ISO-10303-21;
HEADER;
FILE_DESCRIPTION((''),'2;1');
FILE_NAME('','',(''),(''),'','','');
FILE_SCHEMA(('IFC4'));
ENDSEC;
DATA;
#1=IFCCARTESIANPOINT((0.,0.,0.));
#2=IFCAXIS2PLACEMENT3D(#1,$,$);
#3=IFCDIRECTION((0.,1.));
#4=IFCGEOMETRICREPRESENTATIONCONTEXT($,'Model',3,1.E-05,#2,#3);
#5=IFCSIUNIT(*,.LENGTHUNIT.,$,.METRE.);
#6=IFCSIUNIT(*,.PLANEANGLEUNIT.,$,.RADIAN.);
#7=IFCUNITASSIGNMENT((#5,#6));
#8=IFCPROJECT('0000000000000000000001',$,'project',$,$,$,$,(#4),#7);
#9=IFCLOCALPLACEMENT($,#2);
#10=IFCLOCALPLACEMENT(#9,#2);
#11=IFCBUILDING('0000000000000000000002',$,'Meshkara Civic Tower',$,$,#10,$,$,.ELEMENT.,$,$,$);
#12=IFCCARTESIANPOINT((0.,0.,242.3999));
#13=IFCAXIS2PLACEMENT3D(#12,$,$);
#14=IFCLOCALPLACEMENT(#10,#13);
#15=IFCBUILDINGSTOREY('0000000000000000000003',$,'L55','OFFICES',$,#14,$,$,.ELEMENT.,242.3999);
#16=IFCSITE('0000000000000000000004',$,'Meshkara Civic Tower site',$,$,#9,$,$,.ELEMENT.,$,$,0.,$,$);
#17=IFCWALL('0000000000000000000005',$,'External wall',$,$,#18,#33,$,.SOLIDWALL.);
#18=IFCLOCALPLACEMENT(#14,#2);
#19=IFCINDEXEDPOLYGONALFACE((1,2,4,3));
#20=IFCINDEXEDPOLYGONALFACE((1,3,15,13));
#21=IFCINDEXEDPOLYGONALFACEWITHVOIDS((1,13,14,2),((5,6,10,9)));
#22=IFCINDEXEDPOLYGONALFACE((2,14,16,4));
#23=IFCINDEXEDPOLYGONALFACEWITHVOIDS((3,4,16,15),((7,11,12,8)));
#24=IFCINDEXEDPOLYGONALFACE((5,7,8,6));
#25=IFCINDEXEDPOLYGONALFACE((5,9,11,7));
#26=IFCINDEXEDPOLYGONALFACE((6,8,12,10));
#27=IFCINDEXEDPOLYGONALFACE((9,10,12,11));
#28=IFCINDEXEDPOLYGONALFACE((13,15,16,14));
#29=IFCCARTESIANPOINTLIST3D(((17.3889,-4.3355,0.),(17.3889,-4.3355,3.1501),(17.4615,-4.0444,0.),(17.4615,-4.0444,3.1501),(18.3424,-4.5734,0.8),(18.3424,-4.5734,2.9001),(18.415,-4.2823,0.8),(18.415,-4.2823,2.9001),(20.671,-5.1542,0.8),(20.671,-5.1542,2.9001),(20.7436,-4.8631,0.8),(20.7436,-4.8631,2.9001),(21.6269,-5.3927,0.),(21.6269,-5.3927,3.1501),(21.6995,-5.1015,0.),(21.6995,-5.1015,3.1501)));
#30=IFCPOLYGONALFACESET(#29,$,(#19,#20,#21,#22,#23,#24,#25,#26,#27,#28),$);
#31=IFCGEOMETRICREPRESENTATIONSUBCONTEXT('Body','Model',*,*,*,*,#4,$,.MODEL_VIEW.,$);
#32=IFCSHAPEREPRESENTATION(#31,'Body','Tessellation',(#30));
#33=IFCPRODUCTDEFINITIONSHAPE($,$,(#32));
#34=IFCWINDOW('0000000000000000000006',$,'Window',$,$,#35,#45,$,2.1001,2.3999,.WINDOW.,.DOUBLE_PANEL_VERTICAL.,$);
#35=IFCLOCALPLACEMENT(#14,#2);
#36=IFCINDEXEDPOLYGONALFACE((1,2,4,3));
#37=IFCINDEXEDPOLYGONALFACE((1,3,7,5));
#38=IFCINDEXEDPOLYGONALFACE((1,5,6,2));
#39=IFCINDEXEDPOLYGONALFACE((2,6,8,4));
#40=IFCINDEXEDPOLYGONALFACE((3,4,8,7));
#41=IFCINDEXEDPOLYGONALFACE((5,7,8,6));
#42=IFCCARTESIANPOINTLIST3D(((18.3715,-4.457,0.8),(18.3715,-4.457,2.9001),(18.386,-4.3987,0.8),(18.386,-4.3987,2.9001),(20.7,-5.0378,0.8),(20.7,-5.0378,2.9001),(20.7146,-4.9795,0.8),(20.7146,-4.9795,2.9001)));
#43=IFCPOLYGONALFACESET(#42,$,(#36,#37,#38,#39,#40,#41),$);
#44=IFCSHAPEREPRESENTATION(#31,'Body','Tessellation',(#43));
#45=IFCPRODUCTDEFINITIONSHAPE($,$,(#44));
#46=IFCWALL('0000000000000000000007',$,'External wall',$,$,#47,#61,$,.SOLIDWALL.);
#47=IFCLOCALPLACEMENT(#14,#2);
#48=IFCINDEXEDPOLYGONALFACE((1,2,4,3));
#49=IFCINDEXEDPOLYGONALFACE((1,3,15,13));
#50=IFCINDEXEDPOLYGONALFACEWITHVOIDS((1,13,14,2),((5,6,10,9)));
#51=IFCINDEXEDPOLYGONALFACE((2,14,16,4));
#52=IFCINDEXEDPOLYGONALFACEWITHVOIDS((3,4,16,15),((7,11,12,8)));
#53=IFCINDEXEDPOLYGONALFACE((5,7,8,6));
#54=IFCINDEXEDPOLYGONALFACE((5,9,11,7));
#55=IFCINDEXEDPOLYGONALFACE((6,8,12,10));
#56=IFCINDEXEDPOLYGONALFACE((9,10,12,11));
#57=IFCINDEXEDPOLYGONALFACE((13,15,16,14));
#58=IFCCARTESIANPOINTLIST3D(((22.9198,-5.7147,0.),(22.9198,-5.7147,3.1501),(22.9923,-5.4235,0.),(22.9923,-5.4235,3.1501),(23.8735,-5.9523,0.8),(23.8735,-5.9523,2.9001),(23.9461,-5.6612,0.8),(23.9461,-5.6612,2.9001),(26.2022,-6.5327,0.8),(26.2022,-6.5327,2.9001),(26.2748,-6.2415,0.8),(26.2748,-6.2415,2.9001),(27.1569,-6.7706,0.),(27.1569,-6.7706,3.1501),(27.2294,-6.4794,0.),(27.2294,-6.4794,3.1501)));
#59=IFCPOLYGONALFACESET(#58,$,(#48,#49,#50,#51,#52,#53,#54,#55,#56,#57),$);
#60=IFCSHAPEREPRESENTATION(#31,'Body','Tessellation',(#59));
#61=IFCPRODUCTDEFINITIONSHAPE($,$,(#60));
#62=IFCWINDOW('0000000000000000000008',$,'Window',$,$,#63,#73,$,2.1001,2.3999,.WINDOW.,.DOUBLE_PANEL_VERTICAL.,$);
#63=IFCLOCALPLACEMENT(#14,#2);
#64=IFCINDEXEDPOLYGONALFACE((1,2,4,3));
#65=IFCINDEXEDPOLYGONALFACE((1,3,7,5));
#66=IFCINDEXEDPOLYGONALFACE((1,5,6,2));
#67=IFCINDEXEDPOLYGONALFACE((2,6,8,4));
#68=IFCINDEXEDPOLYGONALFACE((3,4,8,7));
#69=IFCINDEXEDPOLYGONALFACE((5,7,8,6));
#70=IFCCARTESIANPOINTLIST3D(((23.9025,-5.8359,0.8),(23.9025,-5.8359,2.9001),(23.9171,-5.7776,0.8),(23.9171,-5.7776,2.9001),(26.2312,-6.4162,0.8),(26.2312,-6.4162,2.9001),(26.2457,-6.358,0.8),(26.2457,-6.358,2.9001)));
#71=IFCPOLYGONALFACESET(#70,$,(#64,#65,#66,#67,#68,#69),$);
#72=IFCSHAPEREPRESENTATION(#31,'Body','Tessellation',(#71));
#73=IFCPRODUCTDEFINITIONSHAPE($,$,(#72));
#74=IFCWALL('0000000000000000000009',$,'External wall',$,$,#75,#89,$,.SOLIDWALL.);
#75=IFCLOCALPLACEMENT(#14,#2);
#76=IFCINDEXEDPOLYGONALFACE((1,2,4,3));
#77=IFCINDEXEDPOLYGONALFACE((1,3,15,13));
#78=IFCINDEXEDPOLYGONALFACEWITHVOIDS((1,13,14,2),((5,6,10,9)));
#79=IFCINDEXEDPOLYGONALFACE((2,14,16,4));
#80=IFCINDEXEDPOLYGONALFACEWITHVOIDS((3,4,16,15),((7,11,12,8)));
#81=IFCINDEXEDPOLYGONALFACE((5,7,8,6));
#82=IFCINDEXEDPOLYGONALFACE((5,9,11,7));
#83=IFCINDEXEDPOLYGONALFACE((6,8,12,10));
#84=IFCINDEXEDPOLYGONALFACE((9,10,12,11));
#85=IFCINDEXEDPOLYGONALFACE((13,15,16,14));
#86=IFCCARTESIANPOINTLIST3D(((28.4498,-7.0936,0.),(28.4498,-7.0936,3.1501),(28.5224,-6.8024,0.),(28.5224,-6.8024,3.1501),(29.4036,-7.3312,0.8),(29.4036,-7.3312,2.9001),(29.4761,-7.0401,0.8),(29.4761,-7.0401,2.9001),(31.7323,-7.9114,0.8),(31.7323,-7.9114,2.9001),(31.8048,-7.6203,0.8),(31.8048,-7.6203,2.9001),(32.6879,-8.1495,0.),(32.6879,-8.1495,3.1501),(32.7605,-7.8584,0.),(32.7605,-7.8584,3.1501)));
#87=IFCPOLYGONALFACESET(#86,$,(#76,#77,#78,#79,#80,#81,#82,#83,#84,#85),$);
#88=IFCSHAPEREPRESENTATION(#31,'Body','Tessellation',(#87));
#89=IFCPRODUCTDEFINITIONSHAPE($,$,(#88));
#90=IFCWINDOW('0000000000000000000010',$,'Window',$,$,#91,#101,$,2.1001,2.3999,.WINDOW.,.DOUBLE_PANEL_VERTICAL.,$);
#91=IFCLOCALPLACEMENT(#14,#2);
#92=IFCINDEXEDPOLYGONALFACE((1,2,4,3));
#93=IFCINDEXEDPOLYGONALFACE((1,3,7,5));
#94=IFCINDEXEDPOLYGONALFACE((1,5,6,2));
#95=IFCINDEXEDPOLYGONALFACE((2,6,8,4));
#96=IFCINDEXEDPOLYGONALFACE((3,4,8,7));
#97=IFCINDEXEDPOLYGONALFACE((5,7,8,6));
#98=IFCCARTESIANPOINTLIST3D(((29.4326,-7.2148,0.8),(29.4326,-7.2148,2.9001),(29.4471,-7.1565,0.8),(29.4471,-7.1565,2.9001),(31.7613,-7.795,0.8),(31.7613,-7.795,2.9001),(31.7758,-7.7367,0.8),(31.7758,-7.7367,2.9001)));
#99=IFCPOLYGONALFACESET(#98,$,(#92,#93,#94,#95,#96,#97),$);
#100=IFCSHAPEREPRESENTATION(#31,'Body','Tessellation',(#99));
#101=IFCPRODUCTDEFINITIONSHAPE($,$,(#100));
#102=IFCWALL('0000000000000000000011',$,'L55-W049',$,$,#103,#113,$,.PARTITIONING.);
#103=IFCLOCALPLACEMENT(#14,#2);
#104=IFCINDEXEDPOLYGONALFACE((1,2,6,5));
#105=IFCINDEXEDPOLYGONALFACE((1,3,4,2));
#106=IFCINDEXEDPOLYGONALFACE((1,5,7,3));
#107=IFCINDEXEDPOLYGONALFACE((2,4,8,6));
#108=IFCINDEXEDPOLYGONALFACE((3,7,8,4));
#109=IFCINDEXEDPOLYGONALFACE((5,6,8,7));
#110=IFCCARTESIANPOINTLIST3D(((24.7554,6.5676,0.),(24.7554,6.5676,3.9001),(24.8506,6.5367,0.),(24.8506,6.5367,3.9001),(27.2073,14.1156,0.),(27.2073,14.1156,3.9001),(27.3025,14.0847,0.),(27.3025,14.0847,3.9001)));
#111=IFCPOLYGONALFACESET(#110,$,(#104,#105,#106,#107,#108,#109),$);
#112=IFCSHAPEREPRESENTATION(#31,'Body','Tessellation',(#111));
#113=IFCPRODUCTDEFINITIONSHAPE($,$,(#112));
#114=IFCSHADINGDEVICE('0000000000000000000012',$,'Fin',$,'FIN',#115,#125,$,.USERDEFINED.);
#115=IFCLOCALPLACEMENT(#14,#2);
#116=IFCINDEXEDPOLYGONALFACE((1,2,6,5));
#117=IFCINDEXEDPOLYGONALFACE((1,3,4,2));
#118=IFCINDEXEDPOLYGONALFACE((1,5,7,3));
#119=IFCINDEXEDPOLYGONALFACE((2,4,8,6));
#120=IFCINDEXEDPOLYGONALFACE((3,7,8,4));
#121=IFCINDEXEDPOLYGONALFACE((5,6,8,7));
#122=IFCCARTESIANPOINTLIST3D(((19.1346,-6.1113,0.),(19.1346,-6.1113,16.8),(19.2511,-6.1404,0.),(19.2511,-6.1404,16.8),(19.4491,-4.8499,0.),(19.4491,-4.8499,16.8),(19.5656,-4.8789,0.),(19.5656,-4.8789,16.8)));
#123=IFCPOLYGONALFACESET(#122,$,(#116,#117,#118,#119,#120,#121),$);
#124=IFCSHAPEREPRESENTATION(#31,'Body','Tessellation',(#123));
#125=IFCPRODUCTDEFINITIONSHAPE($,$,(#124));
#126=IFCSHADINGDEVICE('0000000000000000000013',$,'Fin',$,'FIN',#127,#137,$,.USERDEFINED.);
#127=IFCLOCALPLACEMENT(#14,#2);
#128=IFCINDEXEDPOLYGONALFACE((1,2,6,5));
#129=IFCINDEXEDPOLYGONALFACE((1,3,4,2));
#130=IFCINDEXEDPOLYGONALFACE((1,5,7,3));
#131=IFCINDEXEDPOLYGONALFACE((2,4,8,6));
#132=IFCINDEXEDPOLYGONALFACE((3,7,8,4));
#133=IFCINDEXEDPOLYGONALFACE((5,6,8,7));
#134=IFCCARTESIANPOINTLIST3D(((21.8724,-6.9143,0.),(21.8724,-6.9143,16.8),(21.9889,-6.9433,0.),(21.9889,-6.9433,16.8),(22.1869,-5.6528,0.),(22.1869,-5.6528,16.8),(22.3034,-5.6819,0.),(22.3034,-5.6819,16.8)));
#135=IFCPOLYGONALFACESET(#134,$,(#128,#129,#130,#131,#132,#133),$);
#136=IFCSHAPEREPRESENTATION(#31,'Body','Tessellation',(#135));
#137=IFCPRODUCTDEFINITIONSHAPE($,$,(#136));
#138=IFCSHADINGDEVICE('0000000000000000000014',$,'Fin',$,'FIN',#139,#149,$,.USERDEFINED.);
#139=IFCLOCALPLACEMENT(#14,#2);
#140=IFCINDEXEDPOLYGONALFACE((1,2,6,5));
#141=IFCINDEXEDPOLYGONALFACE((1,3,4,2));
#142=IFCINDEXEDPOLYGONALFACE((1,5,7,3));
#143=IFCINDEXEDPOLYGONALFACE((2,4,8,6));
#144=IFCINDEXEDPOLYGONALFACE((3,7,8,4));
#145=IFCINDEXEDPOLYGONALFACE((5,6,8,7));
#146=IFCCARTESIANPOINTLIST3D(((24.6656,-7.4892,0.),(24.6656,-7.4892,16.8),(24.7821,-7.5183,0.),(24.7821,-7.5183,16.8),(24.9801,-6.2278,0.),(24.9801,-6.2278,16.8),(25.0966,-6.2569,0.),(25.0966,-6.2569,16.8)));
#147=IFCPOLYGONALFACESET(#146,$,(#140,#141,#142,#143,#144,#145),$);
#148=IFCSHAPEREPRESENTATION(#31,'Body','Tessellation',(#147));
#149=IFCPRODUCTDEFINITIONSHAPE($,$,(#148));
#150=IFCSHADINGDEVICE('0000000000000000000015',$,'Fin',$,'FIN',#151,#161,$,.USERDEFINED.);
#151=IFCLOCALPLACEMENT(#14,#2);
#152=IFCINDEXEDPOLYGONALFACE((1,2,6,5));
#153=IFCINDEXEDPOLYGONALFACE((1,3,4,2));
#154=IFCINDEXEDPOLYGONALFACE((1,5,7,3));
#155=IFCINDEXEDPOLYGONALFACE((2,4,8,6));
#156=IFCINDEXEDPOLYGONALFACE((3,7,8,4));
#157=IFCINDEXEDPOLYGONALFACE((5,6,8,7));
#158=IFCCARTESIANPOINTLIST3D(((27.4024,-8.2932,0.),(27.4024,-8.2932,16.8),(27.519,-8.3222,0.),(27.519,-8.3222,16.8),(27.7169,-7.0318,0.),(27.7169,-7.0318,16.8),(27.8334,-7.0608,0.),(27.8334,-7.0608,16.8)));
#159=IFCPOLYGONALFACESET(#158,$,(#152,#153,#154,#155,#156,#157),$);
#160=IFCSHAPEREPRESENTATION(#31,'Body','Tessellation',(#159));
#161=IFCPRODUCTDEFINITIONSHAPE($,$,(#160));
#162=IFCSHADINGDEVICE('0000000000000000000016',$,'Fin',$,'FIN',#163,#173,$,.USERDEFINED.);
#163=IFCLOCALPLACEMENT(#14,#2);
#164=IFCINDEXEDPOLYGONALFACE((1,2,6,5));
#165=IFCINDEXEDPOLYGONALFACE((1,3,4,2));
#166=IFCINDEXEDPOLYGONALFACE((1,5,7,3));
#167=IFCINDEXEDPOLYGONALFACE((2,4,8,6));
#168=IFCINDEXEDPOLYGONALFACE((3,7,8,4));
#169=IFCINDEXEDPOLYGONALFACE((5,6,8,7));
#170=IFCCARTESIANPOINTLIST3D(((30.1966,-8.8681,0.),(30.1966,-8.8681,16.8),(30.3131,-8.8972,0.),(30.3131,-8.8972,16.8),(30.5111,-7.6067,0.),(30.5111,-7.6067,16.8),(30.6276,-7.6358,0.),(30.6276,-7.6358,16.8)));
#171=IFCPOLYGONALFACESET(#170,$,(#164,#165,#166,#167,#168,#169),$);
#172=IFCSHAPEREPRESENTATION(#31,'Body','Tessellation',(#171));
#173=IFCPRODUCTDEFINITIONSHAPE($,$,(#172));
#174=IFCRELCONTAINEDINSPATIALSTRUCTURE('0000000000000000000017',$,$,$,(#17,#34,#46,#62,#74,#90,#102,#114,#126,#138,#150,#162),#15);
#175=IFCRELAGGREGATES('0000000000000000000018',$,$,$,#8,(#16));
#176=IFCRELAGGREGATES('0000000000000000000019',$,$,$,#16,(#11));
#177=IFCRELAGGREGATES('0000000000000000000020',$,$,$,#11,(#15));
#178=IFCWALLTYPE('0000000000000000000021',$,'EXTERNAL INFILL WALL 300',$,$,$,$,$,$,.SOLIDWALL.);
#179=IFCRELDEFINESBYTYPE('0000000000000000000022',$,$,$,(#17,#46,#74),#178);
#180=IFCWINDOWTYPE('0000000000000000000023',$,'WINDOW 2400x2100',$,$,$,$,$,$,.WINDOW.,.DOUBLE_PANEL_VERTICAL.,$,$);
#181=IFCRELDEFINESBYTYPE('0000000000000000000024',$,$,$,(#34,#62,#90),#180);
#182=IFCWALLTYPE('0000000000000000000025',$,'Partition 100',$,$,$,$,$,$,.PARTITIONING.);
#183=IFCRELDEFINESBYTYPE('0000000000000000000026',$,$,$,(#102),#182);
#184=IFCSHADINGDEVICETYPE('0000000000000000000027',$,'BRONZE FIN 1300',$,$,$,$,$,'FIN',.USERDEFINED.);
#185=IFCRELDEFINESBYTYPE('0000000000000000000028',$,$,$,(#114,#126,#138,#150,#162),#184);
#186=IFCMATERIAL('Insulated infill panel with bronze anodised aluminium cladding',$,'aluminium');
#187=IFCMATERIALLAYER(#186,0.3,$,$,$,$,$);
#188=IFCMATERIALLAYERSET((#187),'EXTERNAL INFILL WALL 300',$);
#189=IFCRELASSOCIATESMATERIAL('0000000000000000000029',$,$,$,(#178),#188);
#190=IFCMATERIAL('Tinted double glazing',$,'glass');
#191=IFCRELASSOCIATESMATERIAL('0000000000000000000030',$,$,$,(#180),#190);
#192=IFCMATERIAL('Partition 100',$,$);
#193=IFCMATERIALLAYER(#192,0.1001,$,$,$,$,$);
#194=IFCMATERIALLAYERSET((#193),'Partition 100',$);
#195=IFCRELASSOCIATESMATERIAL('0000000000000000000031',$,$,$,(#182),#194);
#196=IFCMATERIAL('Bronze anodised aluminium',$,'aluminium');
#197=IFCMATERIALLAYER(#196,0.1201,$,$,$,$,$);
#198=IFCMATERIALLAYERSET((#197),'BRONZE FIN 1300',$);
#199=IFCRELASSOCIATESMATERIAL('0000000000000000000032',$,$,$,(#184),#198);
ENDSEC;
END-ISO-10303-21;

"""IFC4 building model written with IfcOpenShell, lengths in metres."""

from ifc_helpers import new_model, si_unit, direction, frame, frame_2d, origin, origin_2d, place, context, subcontext, project, spatial, rectangle, extrude, material, layer, layer_set, type_object, element, fill, save


model = new_model("IFC4")

# Units and contexts
model_context = context("Model", 3, precision=1e-05, world=origin(), true_north=direction((0.0, 1.0)))
body_context = subcontext(model_context, "Body", "Model", "MODEL_VIEW")
ifc_project = project(units=[si_unit("LENGTHUNIT", "METRE"), si_unit("PLANEANGLEUNIT", "RADIAN")], contexts=[model_context])

# Site, building, storey
site_placement = place(None, origin())
site = spatial("IfcSite", under=ifc_project, at=site_placement, Name="Meshkara Civic Tower site", CompositionType="ELEMENT", RefElevation=0.0)
building_placement = place(site_placement, origin())
building = spatial("IfcBuilding", under=site, at=building_placement, Name="Meshkara Civic Tower", CompositionType="ELEMENT")
storey_placement = place(building_placement, frame((0.0, 0.0, 242.3999)))
storey = spatial("IfcBuildingStorey", under=building, at=storey_placement, Name="L55", Description="OFFICES", CompositionType="ELEMENT", Elevation=242.3999)

# Walls, openings, windows
ifc_material_1 = material(Name="Insulated infill panel with bronze anodised aluminium cladding", Category="aluminium")
ifc_layer_1 = layer(ifc_material_1, 0.3)
ifc_layer_set_1 = layer_set([ifc_layer_1], Name="EXTERNAL INFILL WALL 300")
wall_type_1 = type_object("IfcWallType", Name="EXTERNAL INFILL WALL 300", PredefinedType="SOLIDWALL", material=ifc_layer_set_1)
wall_1_placement = place(storey_placement, frame((17.425, -4.1899, 0.0), z_axis=(0.0, 0.0, 1.0), x_axis=(0.970271, -0.242023, 0.0)))
wall_1 = element("IfcWall", 1, at=wall_1_placement, inside=storey, type_object=wall_type_1, Name="External wall", PredefinedType="SOLIDWALL", context=body_context, shape_type="SweptSolid", body=[
    extrude(rectangle(XDim=4.3679, YDim=0.3, at=frame_2d((2.1841, 0.0))), origin(), (0.0, 0.0, 1.0), 3.1501),
])
opening_1_placement = place(wall_1_placement, frame((0.9829, 0.0, 0.8)))
opening_1 = element("IfcOpeningElement", 2, at=opening_1_placement, cuts=wall_1, PredefinedType="OPENING", context=body_context, shape_type="SweptSolid", body=[
    extrude(rectangle(XDim=2.3999, YDim=2.1001, at=frame_2d((1.2, 1.05))), frame((0.0, 0.1599, 0.0), z_axis=(0.0, -1.0, 0.0), x_axis=(1.0, 0.0, 0.0)), (0.0, 0.0, 1.0), 0.3201),
])
ifc_material_2 = material(Name="Tinted double glazing", Category="glass")
window_type = type_object("IfcWindowType", Name="WINDOW 2400x2100", PartitioningType="DOUBLE_PANEL_VERTICAL", PredefinedType="WINDOW", material=ifc_material_2)
window_1_placement = place(opening_1_placement, origin())
window_1 = element("IfcWindow", 3, at=window_1_placement, inside=storey, type_object=window_type, Name="Window", OverallHeight=2.1001, OverallWidth=2.3999, PartitioningType="DOUBLE_PANEL_VERTICAL", PredefinedType="WINDOW", context=body_context, shape_type="SweptSolid", body=[
    extrude(rectangle(XDim=2.3999, YDim=2.1001, at=frame_2d((1.2, 1.05))), frame((0.0, 0.03, 0.0), z_axis=(0.0, -1.0, 0.0), x_axis=(1.0, 0.0, 0.0)), (0.0, 0.0, 1.0), 0.0601),
])
fill(opening_1, window_1)
wall_2_placement = place(storey_placement, frame((22.9561, -5.5691, 0.0), z_axis=(0.0, 0.0, 1.0), x_axis=(0.970323, -0.241812, 0.0)))
wall_2 = element("IfcWall", 4, at=wall_2_placement, inside=storey, type_object=wall_type_1, Name="External wall", PredefinedType="SOLIDWALL", context=body_context, shape_type="SweptSolid", body=[
    extrude(rectangle(XDim=4.3667, YDim=0.3, at=frame_2d((2.1833, 0.0))), origin(), (0.0, 0.0, 1.0), 3.1501),
])
opening_2_placement = place(wall_2_placement, frame((0.9829, 0.0, 0.8)))
opening_2 = element("IfcOpeningElement", 5, at=opening_2_placement, cuts=wall_2, PredefinedType="OPENING", context=body_context, shape_type="SweptSolid", body=[
    extrude(rectangle(XDim=2.3999, YDim=2.1001, at=frame_2d((1.2, 1.05))), frame((0.0, 0.1599, 0.0), z_axis=(0.0, -1.0, 0.0), x_axis=(1.0, 0.0, 0.0)), (0.0, 0.0, 1.0), 0.3201),
])
window_2_placement = place(opening_2_placement, origin())
window_2 = element("IfcWindow", 6, at=window_2_placement, inside=storey, type_object=window_type, Name="Window", OverallHeight=2.1001, OverallWidth=2.3999, PartitioningType="DOUBLE_PANEL_VERTICAL", PredefinedType="WINDOW", context=body_context, shape_type="SweptSolid", body=[
    extrude(rectangle(XDim=2.3999, YDim=2.1001, at=frame_2d((1.2, 1.05))), frame((0.0, 0.03, 0.0), z_axis=(0.0, -1.0, 0.0), x_axis=(1.0, 0.0, 0.0)), (0.0, 0.0, 1.0), 0.0601),
])
fill(opening_2, window_2)
wall_3_placement = place(storey_placement, frame((28.4861, -6.948, 0.0), z_axis=(0.0, 0.0, 1.0), x_axis=(0.970336, -0.24176, 0.0)))
wall_3 = element("IfcWall", 7, at=wall_3_placement, inside=storey, type_object=wall_type_1, Name="External wall", PredefinedType="SOLIDWALL", context=body_context, shape_type="SweptSolid", body=[
    extrude(rectangle(XDim=4.3677, YDim=0.3, at=frame_2d((2.1838, 0.0))), origin(), (0.0, 0.0, 1.0), 3.1501),
])
opening_3_placement = place(wall_3_placement, frame((0.9829, 0.0, 0.8)))
opening_3 = element("IfcOpeningElement", 8, at=opening_3_placement, cuts=wall_3, PredefinedType="OPENING", context=body_context, shape_type="SweptSolid", body=[
    extrude(rectangle(XDim=2.3999, YDim=2.1001, at=frame_2d((1.2, 1.05))), frame((0.0, 0.1599, 0.0), z_axis=(0.0, -1.0, 0.0), x_axis=(1.0, 0.0, 0.0)), (0.0, 0.0, 1.0), 0.3201),
])
window_3_placement = place(opening_3_placement, origin())
window_3 = element("IfcWindow", 9, at=window_3_placement, inside=storey, type_object=window_type, Name="Window", OverallHeight=2.1001, OverallWidth=2.3999, PartitioningType="DOUBLE_PANEL_VERTICAL", PredefinedType="WINDOW", context=body_context, shape_type="SweptSolid", body=[
    extrude(rectangle(XDim=2.3999, YDim=2.1001, at=frame_2d((1.2, 1.05))), frame((0.0, 0.03, 0.0), z_axis=(0.0, -1.0, 0.0), x_axis=(1.0, 0.0, 0.0)), (0.0, 0.0, 1.0), 0.0601),
])
fill(opening_3, window_3)

# Wall
ifc_material_3 = material(Name="Partition 100")
ifc_layer_2 = layer(ifc_material_3, 0.1001)
ifc_layer_set_2 = layer_set([ifc_layer_2], Name="Partition 100")
wall_type_2 = type_object("IfcWallType", Name="Partition 100", PredefinedType="PARTITIONING", material=ifc_layer_set_2)
wall_4_placement = place(storey_placement, frame((24.803, 6.552, 0.0), z_axis=(0.0, 0.0, 1.0), x_axis=(0.308946, 0.951079, 0.0)))
element("IfcWall", 10, at=wall_4_placement, inside=storey, type_object=wall_type_2, Name="L55-W049", PredefinedType="PARTITIONING", context=body_context, shape_type="SweptSolid", body=[
    extrude(rectangle(XDim=7.9363, YDim=0.1001, at=frame_2d((3.9683, 0.0))), origin(), (0.0, 0.0, 1.0), 3.9001),
])

# Shading devices
ifc_material_4 = material(Name="Bronze anodised aluminium", Category="aluminium")
ifc_layer_3 = layer(ifc_material_4, 0.1201)
ifc_layer_set_3 = layer_set([ifc_layer_3], Name="BRONZE FIN 1300")
shading_device_type = type_object("IfcShadingDeviceType", Name="BRONZE FIN 1300", ElementType="FIN", PredefinedType="USERDEFINED", material=ifc_layer_set_3)
for number, where, z_axis, x_axis, name in (
    (11, (19.3501, -5.4951, 0.0), (0.0, 0.0, 1.0), (0.9703, -0.241905, 0.0), "Fin"),
    (12, (22.0879, -6.2981, 0.0), (0.0, 0.0, 1.0), (0.9703, -0.241905, 0.0), "Fin"),
    (13, (24.8811, -6.873, 0.0), (0.0, 0.0, 1.0), (0.9703, -0.241905, 0.0), "Fin"),
    (14, (27.6179, -7.677, 0.0), (0.0, 0.0, 1.0), (0.9703, -0.241905, 0.0), "Fin"),
    (15, (30.4121, -8.252, 0.0), (0.0, 0.0, 1.0), (0.9703, -0.241905, 0.0), "Fin"),
):
    element("IfcShadingDevice", number, at=place(storey_placement, frame(where, z_axis=z_axis, x_axis=x_axis)), inside=storey, type_object=shading_device_type, Name=name, ObjectType="FIN", PredefinedType="USERDEFINED", context=body_context, shape_type="SweptSolid", body=[
        extrude(rectangle(XDim=0.1201, YDim=1.3, at=origin_2d()), origin(), (0.0, 0.0, 1.0), 16.8),
    ])

save(model, "model.ifc")
